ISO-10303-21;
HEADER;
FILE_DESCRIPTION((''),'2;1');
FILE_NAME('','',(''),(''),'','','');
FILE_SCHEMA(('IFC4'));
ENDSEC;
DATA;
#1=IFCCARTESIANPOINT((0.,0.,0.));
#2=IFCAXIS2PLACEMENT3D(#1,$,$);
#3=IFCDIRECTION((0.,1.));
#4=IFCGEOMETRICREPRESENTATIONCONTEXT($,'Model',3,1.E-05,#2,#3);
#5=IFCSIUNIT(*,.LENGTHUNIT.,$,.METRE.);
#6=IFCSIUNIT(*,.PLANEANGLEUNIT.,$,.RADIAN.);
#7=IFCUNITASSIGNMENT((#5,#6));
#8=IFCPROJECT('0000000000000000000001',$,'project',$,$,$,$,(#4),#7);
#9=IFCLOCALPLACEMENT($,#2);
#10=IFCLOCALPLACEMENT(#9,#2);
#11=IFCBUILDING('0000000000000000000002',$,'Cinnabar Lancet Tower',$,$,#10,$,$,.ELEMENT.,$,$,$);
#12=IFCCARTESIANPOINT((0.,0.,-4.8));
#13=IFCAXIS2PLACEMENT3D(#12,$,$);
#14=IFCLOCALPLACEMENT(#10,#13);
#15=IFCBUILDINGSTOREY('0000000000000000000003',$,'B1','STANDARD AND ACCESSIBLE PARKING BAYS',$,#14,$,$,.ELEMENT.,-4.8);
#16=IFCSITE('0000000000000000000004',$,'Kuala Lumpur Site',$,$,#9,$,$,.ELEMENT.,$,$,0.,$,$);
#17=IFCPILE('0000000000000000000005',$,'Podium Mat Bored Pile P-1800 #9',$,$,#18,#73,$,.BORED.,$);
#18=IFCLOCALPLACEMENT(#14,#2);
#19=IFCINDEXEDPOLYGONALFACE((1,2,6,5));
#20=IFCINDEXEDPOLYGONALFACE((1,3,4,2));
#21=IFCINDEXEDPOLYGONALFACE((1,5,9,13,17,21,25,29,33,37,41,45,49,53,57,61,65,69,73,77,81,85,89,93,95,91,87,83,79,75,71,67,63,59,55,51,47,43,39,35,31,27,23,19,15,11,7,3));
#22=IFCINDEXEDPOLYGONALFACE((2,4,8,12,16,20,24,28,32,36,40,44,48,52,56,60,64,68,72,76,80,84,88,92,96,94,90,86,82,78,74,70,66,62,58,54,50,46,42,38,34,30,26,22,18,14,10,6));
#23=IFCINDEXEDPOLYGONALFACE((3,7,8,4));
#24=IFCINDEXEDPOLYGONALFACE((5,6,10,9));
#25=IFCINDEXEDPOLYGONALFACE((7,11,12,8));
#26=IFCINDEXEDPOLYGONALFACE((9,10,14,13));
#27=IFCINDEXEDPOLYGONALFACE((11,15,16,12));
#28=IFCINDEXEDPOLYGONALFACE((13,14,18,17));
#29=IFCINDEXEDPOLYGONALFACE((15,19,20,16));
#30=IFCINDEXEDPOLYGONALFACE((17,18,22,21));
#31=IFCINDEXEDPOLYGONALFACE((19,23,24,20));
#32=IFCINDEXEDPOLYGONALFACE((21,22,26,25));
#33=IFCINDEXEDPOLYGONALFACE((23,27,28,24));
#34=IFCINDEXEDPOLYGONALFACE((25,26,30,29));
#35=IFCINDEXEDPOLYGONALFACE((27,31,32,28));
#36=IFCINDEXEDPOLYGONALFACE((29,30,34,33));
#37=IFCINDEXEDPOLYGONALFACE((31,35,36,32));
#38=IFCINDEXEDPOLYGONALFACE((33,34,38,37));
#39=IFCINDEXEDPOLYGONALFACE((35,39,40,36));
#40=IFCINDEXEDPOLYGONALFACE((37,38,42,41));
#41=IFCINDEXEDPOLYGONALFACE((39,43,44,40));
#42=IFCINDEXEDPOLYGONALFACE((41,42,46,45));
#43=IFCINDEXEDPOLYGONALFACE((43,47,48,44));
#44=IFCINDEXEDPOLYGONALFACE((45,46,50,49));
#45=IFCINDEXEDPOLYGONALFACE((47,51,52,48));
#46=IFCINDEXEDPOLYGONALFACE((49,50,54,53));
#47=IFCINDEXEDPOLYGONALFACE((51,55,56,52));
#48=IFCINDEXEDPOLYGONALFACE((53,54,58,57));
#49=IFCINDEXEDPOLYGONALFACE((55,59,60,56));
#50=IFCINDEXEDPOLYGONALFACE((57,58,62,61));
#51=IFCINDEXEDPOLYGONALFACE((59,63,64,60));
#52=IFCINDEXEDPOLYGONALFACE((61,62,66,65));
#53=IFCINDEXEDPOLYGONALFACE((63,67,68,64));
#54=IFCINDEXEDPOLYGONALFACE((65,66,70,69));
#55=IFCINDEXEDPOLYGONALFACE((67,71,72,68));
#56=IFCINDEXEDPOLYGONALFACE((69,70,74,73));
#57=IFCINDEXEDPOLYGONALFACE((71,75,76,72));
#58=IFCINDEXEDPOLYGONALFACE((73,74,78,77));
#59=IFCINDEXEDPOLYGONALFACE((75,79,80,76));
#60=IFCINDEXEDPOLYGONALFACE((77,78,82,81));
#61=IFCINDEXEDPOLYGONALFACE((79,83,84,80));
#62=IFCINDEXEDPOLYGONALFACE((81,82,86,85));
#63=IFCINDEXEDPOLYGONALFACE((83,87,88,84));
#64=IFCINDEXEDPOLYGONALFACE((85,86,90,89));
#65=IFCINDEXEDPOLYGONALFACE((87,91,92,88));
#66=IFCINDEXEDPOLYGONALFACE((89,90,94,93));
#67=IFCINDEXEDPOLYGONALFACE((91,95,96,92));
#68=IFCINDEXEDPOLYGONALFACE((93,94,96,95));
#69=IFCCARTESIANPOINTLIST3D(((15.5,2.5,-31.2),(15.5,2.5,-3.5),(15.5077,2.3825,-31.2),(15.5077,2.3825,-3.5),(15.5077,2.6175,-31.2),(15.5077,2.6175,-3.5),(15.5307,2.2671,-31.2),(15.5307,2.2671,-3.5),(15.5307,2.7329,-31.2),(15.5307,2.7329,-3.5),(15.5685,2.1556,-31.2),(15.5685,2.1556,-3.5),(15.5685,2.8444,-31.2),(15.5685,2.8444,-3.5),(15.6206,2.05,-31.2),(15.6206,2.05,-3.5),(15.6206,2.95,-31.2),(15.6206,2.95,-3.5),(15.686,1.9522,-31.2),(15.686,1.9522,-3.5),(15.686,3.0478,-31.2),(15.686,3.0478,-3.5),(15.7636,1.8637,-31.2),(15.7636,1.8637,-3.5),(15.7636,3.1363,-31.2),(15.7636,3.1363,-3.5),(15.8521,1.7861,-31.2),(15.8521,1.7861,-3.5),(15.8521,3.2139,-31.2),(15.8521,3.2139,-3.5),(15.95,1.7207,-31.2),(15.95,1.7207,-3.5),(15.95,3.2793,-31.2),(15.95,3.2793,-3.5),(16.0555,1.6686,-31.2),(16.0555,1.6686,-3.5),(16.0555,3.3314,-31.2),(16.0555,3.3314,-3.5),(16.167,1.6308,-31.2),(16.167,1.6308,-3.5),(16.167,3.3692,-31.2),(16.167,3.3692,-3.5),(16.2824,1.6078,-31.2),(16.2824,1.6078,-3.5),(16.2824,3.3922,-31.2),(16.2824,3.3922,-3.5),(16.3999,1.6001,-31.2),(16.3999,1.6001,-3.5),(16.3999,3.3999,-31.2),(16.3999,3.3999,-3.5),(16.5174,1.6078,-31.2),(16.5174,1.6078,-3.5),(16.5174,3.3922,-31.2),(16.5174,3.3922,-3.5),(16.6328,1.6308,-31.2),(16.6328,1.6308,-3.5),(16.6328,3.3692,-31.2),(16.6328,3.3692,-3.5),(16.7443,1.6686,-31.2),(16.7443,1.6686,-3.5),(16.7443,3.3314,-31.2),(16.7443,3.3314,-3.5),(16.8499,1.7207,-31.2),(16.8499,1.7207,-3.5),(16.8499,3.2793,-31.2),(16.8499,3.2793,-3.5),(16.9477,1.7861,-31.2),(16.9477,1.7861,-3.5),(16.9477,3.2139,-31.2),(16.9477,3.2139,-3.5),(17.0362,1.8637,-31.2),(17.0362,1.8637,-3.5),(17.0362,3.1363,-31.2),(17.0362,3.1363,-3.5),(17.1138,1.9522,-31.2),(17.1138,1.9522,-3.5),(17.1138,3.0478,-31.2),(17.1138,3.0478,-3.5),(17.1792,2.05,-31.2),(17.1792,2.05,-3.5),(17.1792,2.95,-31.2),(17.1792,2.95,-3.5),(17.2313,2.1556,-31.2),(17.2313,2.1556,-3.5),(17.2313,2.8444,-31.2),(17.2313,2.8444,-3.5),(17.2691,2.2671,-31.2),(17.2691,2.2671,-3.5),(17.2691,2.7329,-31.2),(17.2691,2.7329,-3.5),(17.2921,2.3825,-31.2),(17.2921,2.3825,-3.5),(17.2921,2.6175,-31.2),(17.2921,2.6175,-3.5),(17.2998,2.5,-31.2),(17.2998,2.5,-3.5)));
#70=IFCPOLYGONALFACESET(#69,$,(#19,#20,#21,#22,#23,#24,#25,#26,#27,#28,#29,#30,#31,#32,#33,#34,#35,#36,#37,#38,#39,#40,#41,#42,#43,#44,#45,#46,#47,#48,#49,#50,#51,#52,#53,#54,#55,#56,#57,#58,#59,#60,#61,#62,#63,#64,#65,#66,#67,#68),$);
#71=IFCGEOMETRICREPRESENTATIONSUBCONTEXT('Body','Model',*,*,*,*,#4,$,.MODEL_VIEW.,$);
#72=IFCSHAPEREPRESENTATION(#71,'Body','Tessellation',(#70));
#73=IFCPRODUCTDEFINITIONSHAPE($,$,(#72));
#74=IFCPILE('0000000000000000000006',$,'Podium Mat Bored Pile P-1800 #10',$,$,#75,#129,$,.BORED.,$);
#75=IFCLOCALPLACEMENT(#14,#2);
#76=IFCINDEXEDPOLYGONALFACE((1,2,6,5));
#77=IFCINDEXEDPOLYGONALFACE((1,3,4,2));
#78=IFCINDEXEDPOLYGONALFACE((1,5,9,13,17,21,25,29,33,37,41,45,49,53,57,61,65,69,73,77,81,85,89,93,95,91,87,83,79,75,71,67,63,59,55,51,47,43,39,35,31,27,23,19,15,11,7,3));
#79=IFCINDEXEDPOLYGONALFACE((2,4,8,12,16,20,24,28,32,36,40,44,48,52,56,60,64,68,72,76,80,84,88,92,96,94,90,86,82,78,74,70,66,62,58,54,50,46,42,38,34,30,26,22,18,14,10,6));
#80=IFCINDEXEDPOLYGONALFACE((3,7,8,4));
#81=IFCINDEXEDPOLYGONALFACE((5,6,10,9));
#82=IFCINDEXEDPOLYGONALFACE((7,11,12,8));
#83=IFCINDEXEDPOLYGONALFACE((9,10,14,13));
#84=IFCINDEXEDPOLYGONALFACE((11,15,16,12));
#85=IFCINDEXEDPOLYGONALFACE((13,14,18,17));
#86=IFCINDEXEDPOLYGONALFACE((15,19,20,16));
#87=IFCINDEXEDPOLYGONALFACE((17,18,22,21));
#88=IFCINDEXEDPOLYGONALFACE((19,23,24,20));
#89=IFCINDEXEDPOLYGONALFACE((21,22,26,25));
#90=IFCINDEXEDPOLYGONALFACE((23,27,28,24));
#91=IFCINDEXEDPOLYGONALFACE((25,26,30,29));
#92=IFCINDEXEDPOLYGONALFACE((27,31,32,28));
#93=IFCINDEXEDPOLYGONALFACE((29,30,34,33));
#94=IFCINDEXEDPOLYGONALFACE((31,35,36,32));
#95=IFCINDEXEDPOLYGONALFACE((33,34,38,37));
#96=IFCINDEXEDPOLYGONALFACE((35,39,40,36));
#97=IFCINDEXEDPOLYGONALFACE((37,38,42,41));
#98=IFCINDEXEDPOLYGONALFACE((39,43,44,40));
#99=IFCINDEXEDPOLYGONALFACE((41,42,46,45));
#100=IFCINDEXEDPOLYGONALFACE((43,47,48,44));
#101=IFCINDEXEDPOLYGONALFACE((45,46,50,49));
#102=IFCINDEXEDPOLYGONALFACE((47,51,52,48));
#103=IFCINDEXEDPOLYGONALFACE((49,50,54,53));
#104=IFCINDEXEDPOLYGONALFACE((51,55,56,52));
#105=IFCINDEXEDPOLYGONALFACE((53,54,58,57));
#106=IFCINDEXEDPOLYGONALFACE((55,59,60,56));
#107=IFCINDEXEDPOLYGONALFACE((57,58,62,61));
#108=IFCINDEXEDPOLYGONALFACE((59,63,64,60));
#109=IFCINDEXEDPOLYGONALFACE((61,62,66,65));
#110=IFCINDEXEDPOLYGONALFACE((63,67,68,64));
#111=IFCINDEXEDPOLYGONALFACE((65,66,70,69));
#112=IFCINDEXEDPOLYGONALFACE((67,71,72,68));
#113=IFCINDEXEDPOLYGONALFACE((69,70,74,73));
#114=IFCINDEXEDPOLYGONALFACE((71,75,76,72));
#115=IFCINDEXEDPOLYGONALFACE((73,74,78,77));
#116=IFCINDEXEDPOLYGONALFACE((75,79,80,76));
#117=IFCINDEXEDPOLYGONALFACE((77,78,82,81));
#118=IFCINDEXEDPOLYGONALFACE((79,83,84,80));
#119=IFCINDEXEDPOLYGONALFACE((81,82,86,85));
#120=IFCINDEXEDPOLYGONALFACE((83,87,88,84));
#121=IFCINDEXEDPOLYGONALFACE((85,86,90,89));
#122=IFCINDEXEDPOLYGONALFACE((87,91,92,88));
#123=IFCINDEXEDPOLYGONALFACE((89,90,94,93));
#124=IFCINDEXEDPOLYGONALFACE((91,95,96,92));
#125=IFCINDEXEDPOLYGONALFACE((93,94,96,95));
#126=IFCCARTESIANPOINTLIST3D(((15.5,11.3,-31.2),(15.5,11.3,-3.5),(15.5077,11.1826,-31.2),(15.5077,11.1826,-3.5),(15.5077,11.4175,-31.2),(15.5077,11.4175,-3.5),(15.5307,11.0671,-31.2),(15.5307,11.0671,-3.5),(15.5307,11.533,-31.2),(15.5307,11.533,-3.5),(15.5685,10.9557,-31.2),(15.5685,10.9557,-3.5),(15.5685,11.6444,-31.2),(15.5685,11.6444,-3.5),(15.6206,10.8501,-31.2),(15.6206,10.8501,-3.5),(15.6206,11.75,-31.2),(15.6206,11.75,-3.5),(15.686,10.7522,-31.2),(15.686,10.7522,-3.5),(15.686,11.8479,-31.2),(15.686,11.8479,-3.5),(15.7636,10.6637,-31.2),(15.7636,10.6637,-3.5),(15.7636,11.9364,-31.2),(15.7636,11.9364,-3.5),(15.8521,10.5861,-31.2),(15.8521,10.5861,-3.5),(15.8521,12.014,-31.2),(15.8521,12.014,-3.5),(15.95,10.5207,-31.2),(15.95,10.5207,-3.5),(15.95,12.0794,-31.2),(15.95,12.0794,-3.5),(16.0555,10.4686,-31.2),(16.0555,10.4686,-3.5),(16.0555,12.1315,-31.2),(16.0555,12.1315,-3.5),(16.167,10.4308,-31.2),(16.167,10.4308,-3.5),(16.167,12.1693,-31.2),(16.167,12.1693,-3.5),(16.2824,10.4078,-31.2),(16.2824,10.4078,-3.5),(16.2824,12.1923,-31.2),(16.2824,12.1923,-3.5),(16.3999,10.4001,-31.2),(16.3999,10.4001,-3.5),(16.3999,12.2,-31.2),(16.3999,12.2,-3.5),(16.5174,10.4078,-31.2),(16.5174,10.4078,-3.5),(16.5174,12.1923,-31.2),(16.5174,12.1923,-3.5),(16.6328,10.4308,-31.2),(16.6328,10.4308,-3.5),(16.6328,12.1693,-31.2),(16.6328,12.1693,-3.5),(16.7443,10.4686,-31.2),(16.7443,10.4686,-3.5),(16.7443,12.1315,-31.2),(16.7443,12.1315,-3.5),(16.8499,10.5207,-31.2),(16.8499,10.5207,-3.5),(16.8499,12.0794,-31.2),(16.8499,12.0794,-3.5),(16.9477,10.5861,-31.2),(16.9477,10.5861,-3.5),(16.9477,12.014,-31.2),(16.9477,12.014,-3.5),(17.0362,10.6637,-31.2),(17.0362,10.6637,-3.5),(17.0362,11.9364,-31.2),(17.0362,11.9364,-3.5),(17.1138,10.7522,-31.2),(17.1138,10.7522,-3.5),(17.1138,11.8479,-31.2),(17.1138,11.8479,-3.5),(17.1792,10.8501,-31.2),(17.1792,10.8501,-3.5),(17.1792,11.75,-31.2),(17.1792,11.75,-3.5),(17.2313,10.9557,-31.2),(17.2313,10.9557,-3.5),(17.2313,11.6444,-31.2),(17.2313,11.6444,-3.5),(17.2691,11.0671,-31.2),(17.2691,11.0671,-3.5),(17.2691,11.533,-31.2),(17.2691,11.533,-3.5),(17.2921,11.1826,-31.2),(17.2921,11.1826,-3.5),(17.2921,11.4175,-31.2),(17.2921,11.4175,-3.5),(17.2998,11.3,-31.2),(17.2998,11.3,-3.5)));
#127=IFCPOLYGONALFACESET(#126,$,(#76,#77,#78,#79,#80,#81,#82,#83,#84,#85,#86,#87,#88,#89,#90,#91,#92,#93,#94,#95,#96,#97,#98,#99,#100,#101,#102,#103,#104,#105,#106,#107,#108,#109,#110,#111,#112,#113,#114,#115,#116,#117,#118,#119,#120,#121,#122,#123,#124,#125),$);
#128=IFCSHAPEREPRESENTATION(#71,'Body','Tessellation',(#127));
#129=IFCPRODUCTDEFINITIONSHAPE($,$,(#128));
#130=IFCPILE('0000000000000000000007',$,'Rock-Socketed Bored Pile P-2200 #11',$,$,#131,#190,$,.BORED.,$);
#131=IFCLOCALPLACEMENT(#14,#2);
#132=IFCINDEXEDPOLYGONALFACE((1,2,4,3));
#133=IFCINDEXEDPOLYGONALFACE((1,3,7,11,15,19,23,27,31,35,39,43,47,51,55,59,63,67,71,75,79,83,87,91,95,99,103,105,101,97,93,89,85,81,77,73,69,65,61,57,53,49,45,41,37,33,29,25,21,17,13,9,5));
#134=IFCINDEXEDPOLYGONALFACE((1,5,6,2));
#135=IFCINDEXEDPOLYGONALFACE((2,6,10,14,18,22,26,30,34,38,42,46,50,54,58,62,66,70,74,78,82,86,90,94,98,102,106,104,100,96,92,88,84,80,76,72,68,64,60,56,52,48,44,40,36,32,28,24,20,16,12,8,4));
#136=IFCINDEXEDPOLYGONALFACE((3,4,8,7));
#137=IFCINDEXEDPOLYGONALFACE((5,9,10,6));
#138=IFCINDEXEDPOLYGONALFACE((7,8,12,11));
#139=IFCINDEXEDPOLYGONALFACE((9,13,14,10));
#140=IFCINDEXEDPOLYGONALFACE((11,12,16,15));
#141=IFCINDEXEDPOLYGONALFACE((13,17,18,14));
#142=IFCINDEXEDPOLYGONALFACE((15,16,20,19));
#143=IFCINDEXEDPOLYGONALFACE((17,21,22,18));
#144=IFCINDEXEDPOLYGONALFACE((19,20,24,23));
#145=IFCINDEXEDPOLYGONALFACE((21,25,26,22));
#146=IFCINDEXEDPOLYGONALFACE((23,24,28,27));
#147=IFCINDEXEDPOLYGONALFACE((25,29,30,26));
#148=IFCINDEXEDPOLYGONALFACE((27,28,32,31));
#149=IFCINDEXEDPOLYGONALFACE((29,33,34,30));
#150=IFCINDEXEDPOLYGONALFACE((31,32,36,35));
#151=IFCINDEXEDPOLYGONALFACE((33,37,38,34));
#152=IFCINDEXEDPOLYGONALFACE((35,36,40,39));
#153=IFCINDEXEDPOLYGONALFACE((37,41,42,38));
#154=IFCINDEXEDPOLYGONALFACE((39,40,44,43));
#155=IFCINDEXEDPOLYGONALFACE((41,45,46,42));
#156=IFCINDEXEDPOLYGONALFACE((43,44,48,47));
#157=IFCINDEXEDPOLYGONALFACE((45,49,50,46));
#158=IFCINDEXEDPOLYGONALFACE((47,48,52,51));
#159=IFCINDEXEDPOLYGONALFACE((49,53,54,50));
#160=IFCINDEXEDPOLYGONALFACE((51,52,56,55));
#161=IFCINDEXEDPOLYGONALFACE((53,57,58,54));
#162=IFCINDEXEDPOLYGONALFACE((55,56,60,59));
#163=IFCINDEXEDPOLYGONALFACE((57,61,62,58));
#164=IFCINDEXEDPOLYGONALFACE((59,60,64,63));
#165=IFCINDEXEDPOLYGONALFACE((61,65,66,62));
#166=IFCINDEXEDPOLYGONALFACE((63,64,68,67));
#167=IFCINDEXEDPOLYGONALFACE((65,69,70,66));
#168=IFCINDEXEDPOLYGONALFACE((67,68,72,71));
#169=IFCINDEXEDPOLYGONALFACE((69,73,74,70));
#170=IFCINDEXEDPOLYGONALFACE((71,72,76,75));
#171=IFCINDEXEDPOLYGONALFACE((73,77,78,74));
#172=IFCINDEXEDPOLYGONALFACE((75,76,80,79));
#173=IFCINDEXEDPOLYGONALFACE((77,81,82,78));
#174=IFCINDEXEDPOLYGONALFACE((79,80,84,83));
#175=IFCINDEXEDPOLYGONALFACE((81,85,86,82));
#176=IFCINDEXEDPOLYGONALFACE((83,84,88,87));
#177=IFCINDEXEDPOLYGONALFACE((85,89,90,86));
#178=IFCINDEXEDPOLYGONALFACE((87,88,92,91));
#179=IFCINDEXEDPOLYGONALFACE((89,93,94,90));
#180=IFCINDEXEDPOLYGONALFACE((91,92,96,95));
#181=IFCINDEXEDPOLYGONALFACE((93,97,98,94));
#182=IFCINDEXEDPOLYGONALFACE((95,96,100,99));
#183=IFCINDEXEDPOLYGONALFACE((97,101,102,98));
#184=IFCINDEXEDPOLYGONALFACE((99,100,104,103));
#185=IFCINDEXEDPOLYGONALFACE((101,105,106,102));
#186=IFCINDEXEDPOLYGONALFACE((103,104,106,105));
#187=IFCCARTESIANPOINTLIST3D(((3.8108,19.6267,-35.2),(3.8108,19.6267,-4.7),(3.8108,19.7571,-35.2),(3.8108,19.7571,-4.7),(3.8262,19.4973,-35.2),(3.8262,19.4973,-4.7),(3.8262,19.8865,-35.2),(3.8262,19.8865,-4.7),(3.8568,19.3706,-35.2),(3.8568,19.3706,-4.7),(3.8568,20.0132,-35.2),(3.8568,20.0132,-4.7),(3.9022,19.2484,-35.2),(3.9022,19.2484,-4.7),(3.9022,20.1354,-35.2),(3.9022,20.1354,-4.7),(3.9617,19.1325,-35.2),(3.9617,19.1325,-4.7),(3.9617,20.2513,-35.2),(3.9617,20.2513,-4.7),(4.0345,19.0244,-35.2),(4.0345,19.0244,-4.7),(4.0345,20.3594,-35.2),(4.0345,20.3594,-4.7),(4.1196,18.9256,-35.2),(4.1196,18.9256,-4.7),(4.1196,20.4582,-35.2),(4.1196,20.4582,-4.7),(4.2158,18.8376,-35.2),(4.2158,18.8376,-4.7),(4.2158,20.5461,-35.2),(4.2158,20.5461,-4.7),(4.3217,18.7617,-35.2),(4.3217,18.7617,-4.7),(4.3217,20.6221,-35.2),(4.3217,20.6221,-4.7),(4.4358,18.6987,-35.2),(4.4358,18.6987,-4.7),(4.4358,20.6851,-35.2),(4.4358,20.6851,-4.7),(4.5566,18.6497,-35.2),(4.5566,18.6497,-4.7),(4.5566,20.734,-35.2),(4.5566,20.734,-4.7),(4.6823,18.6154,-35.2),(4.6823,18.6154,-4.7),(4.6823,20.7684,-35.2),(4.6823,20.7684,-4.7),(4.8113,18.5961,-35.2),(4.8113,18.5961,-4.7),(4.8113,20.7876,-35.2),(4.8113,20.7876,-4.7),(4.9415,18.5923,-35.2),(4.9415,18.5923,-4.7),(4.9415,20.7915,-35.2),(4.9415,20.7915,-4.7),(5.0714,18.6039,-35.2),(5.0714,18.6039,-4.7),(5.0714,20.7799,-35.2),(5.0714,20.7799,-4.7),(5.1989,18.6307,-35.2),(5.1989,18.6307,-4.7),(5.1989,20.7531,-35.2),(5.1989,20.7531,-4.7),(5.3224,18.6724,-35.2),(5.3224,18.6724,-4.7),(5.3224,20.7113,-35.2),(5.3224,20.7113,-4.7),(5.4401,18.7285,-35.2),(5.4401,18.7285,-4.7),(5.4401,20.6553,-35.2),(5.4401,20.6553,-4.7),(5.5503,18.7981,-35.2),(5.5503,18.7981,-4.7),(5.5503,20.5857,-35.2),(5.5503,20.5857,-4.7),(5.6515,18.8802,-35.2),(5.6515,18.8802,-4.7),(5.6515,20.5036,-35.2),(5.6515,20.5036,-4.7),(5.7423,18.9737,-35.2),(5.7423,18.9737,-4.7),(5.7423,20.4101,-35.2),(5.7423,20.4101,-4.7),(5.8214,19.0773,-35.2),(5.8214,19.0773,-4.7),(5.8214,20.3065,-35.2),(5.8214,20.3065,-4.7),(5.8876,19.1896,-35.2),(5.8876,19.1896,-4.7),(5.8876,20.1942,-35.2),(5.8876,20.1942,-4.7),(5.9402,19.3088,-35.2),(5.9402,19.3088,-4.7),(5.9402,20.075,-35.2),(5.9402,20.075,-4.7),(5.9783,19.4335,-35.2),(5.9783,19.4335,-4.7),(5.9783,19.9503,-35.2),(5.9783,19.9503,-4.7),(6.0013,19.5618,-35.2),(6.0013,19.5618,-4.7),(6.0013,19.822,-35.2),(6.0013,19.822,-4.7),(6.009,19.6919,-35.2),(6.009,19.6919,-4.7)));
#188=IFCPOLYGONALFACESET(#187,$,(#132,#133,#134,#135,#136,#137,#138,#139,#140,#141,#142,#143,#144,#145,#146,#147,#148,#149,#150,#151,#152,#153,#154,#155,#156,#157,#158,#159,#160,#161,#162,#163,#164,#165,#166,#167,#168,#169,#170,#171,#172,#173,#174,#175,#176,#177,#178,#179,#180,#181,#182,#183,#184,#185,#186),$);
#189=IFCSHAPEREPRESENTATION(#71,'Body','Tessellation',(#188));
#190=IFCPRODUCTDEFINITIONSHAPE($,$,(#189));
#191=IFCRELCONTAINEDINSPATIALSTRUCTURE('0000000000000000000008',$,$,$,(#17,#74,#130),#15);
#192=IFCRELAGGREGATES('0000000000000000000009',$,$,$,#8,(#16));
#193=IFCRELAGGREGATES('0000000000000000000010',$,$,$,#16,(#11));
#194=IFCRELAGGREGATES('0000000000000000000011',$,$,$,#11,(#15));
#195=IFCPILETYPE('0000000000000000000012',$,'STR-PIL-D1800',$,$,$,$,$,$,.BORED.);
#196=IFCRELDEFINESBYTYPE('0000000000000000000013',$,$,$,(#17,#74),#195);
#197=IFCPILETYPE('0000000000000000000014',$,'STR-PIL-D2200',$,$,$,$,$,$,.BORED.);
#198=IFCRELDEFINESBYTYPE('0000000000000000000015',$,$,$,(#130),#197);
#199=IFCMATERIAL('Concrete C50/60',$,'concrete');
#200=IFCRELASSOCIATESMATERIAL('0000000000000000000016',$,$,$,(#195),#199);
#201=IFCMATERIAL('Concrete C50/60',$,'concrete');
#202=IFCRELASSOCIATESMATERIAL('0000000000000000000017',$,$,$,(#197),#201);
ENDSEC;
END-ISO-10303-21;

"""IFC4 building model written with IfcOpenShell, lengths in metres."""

from ifc_helpers import new_model, si_unit, direction, frame, origin, origin_2d, place, context, subcontext, project, spatial, circle, extrude, material, material_profile, profile_set, type_object, element, save


model = new_model("IFC4")

# Units and contexts
model_context = context("Model", 3, precision=1e-05, world=origin(), true_north=direction((0.0, 1.0)))
body_context = subcontext(model_context, "Body", "Model", "MODEL_VIEW")
ifc_project = project(units=[si_unit("LENGTHUNIT", "METRE"), si_unit("PLANEANGLEUNIT", "RADIAN")], contexts=[model_context])

# Site, building, storey
site_placement = place(None, origin())
site = spatial("IfcSite", under=ifc_project, at=site_placement, Name="Kuala Lumpur Site", CompositionType="ELEMENT", RefElevation=0.0)
building_placement = place(site_placement, origin())
building = spatial("IfcBuilding", under=site, at=building_placement, Name="Cinnabar Lancet Tower", CompositionType="ELEMENT")
storey_placement = place(building_placement, frame((0.0, 0.0, -4.8)))
storey = spatial("IfcBuildingStorey", under=building, at=storey_placement, Name="B1", Description="STANDARD AND ACCESSIBLE PARKING BAYS", CompositionType="ELEMENT", Elevation=-4.8)

# Piles
ifc_material_1 = material(Name="Concrete C50/60", Category="concrete")
ifc_material_profile_1 = material_profile(ifc_material_1, circle(Radius=0.8999, at=origin_2d()), Name="PILE D1800")
ifc_profile_set_1 = profile_set([ifc_material_profile_1], Name="Concrete C50/60")
pile_type_1 = type_object("IfcPileType", Name="STR-PIL-D1800", PredefinedType="BORED", material=ifc_profile_set_1)
for number, where, z_axis, x_axis, name in (
    (1, (16.3999, 2.5, -3.5), (0.0, 0.0, -1.0), (1.0, 0.0, 0.0), "Podium Mat Bored Pile P-1800 #9"),
    (2, (16.3999, 11.3, -3.5), (0.0, 0.0, -1.0), (1.0, 0.0, 0.0), "Podium Mat Bored Pile P-1800 #10"),
):
    element("IfcPile", number, at=place(storey_placement, frame(where, z_axis=z_axis, x_axis=x_axis)), inside=storey, type_object=pile_type_1, Name=name, PredefinedType="BORED", context=body_context, shape_type="SweptSolid", body=[
        extrude(circle(Radius=0.8999, at=origin_2d()), origin(), (0.0, 0.0, 1.0), 27.7),
    ])
ifc_material_2 = material(Name="Concrete C50/60", Category="concrete")
ifc_material_profile_2 = material_profile(ifc_material_2, circle(Radius=1.1001, at=origin_2d()), Name="PILE D2200")
ifc_profile_set_2 = profile_set([ifc_material_profile_2], Name="Concrete C50/60")
pile_type_2 = type_object("IfcPileType", Name="STR-PIL-D2200", PredefinedType="BORED", material=ifc_profile_set_2)
for number, where, z_axis, x_axis, name in (
    (3, (4.9089, 19.6919, -4.7), (0.0, 0.0, -1.0), (1.0, 0.0, 0.0), "Rock-Socketed Bored Pile P-2200 #11"),
):
    element("IfcPile", number, at=place(storey_placement, frame(where, z_axis=z_axis, x_axis=x_axis)), inside=storey, type_object=pile_type_2, Name=name, PredefinedType="BORED", context=body_context, shape_type="SweptSolid", body=[
        extrude(circle(Radius=1.1001, at=origin_2d()), origin(), (0.0, 0.0, 1.0), 30.5),
    ])

save(model, "model.ifc")
